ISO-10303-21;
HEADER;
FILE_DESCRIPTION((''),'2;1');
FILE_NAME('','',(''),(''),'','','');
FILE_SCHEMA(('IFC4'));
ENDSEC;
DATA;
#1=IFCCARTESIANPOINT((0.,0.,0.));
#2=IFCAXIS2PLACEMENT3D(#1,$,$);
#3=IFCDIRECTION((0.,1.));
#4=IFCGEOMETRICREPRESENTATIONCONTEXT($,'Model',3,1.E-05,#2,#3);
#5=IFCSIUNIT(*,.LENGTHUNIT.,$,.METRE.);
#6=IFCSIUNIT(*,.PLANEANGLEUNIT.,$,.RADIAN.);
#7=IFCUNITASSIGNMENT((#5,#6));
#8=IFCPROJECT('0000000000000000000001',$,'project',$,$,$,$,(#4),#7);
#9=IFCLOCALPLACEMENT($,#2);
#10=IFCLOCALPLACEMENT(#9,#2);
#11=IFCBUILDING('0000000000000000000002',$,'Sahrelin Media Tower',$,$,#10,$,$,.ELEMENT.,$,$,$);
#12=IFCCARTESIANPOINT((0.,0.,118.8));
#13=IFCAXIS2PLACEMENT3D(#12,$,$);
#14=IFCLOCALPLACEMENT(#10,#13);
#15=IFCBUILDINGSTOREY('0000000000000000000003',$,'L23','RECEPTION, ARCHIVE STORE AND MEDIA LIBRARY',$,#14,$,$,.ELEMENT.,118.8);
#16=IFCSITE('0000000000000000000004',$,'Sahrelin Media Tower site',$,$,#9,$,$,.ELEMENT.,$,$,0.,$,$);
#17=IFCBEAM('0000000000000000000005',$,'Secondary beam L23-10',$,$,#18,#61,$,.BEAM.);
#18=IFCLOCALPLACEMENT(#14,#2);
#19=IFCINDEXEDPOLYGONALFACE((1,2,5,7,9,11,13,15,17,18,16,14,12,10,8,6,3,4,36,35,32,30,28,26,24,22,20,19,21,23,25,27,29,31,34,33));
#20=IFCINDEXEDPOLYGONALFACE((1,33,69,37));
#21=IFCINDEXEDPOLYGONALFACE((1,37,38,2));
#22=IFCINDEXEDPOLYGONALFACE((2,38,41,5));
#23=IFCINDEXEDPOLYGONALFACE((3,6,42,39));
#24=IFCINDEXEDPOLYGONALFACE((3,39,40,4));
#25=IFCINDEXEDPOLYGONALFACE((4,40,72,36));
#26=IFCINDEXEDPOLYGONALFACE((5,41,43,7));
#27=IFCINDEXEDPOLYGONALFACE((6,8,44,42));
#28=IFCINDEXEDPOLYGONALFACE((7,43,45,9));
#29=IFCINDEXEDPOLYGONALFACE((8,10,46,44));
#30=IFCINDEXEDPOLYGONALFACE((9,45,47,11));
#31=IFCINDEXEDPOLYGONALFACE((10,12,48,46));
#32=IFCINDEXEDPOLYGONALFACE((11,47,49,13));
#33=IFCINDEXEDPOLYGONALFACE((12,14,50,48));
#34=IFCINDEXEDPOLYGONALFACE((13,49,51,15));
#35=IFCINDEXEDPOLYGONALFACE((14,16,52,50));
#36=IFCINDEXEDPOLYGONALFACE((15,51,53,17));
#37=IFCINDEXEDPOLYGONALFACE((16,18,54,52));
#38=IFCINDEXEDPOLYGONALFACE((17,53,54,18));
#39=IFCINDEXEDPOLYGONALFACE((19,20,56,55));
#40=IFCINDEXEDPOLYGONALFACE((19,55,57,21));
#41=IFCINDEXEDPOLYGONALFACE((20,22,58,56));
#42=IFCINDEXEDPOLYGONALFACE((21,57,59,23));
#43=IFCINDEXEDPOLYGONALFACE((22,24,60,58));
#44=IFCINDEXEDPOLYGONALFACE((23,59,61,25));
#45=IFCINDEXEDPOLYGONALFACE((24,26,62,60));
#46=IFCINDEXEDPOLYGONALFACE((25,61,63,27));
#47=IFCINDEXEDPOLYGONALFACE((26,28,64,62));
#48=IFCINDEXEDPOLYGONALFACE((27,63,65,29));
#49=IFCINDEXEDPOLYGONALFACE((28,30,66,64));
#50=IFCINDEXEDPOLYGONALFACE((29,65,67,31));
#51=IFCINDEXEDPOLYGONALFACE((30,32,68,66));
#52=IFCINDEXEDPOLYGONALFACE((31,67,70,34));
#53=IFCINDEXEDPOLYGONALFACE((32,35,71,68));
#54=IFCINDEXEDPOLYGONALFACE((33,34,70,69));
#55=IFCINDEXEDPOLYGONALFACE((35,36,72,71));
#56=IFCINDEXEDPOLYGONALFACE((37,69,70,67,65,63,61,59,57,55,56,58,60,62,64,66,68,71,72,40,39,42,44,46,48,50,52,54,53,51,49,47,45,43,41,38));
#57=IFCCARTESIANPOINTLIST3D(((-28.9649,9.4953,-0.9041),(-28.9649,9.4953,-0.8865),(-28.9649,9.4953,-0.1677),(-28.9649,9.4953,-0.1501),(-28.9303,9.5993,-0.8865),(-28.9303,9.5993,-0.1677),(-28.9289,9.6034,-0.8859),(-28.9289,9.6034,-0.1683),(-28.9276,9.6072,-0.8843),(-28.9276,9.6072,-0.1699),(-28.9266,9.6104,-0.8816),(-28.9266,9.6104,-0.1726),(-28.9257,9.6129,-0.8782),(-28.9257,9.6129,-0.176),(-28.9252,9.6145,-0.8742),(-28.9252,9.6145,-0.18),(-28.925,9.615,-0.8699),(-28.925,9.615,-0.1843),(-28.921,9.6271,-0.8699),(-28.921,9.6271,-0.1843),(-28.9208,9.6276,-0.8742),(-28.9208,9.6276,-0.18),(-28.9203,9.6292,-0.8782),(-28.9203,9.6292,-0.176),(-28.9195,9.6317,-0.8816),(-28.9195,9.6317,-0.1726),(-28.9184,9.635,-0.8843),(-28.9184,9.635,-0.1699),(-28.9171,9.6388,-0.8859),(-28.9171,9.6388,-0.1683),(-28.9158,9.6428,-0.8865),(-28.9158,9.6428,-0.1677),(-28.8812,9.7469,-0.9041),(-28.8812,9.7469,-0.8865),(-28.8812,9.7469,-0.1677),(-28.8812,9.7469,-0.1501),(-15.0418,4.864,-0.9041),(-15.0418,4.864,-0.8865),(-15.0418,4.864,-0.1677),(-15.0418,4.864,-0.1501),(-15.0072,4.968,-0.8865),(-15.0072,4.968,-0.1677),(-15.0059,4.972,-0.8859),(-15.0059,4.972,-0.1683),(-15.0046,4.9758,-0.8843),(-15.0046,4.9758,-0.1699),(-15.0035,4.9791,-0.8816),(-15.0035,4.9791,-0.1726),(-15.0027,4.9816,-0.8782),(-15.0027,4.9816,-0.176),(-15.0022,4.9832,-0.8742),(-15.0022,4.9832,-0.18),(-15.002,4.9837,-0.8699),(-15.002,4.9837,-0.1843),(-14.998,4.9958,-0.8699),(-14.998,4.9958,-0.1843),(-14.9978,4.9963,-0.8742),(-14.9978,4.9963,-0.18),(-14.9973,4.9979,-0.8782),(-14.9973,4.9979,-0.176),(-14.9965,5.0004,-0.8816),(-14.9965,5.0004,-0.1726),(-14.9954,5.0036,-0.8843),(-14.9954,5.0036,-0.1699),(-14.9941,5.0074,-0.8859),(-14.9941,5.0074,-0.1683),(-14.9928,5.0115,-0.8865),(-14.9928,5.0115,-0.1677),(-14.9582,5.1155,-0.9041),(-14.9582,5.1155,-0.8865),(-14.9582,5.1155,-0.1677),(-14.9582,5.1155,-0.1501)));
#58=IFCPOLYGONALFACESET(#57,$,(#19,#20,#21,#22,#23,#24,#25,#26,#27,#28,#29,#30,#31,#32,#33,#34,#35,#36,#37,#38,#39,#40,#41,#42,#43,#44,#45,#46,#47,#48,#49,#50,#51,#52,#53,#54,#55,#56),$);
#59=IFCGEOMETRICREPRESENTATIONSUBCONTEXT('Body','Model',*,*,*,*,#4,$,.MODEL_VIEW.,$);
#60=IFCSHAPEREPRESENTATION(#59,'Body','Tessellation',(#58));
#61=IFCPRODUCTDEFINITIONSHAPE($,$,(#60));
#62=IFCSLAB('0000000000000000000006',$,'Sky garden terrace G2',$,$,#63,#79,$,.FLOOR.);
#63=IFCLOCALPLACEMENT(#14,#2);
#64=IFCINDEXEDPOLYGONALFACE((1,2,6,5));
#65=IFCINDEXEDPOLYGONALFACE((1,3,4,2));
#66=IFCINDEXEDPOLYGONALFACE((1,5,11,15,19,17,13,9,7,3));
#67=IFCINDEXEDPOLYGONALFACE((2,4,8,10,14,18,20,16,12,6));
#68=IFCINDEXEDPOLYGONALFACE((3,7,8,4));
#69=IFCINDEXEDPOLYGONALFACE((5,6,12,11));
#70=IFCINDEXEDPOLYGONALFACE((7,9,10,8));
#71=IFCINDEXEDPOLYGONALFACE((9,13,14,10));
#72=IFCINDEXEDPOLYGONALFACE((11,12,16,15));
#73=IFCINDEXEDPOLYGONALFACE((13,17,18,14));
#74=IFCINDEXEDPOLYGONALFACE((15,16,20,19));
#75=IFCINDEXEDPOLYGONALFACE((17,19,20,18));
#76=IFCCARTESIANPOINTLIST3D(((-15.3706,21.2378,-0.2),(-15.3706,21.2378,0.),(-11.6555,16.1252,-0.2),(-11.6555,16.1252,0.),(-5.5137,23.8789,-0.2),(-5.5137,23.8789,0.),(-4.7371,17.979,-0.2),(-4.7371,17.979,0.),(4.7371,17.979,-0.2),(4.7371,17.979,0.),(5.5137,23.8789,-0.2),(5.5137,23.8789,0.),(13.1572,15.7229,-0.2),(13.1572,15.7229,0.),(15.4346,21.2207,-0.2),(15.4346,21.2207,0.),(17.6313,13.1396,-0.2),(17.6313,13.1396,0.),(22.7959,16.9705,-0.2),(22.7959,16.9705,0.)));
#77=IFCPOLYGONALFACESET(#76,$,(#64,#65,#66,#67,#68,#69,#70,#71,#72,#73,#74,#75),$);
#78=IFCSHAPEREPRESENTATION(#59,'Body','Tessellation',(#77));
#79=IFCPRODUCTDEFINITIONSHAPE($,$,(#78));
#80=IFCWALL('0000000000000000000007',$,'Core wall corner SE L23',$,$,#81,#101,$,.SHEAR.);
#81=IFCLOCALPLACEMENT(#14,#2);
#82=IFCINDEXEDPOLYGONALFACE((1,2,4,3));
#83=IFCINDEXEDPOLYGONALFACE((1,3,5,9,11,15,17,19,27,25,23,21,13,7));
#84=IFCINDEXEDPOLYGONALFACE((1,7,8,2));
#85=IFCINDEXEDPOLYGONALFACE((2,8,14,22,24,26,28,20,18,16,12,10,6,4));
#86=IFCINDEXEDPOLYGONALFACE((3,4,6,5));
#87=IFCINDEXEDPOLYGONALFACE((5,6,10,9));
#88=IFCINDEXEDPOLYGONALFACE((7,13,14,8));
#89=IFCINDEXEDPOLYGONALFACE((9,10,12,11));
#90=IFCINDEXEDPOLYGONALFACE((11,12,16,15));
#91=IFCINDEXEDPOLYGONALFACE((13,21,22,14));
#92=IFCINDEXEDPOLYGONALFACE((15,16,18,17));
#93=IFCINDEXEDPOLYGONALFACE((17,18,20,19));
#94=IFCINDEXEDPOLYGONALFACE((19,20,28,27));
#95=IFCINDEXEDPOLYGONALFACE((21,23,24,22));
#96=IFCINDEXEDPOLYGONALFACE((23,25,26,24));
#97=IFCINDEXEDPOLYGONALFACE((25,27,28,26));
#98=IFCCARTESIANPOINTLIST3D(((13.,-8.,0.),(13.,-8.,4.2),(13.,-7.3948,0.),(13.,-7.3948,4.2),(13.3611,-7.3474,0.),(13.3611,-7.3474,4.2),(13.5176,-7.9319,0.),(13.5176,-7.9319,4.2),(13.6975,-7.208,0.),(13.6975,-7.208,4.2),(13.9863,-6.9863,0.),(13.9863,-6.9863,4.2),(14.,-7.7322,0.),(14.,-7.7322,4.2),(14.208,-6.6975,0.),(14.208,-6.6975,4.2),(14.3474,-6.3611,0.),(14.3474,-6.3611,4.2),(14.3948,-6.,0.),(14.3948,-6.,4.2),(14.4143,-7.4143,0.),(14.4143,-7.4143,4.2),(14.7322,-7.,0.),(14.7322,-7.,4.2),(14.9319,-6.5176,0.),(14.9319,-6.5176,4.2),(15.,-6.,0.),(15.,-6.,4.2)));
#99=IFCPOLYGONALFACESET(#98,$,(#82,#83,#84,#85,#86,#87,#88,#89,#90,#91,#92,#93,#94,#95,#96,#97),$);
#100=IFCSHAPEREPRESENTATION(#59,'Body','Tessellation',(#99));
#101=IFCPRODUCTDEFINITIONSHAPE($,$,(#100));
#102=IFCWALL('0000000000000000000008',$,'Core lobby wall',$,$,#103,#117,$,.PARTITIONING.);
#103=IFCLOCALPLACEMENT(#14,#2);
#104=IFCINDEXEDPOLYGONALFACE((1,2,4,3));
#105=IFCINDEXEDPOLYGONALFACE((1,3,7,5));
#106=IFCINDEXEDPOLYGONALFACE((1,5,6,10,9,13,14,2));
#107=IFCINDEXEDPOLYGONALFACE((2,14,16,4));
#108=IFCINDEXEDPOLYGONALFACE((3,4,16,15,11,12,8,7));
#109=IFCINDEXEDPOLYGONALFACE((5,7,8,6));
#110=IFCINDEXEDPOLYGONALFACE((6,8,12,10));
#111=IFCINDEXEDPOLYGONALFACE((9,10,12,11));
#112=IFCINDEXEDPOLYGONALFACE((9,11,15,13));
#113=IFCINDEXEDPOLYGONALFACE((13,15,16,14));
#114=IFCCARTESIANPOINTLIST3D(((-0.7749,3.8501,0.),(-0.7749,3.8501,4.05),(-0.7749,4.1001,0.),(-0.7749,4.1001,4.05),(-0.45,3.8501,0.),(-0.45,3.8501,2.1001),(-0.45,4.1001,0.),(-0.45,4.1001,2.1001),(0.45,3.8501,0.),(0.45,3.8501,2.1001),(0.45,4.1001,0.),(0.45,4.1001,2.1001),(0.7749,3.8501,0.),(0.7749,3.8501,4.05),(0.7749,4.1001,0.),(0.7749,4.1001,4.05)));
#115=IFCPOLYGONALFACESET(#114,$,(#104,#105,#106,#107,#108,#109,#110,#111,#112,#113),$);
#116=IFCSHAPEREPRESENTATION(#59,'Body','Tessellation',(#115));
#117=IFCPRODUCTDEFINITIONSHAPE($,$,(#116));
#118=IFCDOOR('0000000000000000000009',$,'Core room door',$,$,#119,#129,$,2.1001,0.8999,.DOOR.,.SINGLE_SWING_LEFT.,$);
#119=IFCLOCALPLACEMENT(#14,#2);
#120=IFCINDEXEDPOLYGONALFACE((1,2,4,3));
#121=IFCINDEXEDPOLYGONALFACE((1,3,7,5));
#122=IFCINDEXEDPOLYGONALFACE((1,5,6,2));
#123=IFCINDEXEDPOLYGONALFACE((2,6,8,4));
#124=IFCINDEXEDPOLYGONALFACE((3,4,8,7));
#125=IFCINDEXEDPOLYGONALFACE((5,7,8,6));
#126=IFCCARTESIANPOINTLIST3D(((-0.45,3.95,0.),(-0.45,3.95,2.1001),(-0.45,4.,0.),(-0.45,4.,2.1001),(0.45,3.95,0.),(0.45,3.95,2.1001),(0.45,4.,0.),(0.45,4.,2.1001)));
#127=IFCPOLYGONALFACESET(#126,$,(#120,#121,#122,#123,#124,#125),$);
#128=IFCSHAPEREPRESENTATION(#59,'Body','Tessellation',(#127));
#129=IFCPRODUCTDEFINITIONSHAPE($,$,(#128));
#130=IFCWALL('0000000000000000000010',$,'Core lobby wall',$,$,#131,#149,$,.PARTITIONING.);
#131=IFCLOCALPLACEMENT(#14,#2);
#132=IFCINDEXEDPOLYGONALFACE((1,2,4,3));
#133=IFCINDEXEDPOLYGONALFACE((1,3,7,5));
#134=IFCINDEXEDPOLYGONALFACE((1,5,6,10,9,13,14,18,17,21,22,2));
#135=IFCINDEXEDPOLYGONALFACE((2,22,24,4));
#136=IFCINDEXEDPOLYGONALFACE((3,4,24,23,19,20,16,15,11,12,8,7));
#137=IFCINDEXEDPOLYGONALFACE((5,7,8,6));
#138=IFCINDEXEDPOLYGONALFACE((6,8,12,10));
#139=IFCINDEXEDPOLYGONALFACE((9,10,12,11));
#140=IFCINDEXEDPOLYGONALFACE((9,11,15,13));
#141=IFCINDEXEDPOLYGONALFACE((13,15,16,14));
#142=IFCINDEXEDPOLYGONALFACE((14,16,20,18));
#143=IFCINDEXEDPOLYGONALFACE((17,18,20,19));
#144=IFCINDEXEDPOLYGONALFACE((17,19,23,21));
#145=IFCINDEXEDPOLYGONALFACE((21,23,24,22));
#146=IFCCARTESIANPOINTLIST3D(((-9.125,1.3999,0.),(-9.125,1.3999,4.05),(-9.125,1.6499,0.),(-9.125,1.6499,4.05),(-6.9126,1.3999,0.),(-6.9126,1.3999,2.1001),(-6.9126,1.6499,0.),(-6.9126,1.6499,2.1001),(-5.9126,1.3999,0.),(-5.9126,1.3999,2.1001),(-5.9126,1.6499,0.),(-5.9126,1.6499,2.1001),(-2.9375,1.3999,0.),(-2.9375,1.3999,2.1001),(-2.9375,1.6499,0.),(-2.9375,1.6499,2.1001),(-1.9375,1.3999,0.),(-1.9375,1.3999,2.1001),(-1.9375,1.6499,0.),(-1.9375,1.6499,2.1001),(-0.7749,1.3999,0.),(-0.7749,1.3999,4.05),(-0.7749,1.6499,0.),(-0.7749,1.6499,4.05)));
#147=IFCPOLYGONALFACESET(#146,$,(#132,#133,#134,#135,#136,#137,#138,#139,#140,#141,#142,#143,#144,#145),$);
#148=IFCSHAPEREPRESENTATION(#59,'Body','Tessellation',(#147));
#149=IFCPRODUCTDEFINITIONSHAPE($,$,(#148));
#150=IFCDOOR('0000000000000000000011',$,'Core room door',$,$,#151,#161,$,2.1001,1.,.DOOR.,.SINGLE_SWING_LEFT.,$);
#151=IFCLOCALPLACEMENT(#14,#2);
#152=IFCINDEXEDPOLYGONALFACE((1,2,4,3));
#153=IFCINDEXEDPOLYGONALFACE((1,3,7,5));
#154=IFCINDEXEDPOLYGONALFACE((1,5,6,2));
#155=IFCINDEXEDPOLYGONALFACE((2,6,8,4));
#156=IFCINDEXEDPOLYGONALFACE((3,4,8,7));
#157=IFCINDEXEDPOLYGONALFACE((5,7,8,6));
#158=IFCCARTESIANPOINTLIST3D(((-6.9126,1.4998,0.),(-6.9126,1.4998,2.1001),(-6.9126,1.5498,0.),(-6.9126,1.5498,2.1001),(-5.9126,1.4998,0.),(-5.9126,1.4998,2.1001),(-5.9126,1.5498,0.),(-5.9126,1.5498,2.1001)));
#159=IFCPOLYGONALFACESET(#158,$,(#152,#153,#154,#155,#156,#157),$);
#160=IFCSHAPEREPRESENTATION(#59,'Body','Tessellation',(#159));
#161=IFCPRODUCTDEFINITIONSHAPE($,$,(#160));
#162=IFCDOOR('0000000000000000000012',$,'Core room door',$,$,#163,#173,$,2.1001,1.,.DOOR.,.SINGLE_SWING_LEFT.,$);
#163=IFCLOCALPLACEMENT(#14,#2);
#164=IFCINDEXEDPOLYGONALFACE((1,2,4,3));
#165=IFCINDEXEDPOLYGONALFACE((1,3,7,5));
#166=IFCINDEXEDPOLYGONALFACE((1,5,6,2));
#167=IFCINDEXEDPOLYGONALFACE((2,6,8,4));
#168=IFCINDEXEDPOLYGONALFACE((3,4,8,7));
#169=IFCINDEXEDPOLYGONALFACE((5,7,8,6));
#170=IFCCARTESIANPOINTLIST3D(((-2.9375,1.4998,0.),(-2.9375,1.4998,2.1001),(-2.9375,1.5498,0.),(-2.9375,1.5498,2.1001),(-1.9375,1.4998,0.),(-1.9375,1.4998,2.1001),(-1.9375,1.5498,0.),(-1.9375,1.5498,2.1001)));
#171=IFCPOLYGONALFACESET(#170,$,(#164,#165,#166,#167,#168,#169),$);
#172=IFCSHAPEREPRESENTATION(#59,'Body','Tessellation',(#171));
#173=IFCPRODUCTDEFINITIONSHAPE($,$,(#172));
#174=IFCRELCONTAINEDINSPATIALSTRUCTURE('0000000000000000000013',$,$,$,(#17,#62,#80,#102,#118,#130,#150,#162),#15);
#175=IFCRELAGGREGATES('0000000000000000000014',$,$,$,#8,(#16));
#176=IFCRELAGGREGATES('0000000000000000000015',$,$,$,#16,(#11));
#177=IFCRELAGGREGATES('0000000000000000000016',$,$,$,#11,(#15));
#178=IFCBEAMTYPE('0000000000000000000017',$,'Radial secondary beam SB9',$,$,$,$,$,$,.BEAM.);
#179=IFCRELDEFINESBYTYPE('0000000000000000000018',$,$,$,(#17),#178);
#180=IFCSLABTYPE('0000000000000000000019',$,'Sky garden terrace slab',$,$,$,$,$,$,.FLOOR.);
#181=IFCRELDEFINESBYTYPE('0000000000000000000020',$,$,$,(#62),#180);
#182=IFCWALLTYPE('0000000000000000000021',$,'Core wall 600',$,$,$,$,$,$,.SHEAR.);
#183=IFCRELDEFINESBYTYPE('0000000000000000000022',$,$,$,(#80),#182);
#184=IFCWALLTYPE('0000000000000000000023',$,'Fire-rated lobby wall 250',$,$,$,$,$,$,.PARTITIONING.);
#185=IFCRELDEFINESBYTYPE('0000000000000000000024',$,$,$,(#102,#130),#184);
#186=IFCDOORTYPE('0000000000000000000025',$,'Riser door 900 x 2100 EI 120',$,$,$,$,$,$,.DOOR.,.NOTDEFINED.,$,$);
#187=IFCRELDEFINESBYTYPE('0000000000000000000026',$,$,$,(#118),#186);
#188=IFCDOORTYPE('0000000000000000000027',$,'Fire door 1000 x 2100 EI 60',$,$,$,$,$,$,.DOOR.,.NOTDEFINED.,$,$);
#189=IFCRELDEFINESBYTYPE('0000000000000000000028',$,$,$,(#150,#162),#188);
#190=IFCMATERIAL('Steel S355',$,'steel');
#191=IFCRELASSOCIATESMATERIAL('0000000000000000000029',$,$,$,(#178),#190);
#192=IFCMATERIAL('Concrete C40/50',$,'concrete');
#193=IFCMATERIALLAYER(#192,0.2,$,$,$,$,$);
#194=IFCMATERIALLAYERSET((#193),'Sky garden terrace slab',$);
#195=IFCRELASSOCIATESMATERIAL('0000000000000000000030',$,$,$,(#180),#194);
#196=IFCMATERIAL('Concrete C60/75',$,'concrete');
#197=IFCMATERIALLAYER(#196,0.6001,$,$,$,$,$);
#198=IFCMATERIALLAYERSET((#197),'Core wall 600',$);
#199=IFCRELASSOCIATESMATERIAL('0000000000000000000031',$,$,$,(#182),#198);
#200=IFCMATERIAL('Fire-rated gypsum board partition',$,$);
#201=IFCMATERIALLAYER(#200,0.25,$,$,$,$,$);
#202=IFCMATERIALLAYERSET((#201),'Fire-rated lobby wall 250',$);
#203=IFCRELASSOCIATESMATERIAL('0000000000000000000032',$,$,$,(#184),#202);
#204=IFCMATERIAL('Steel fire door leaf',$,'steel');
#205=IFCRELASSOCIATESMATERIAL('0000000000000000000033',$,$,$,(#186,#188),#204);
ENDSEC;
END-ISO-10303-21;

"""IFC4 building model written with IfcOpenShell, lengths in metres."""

from ifc_helpers import new_model, si_unit, direction, frame, frame_2d, origin, origin_2d, place, context, subcontext, project, spatial, polyline, rectangle, i_section, outline, extrude, material, layer, layer_set, material_profile, profile_set, type_object, element, fill, save


model = new_model("IFC4")

# Units and contexts
model_context = context("Model", 3, precision=1e-05, world=origin(), true_north=direction((0.0, 1.0)))
body_context = subcontext(model_context, "Body", "Model", "MODEL_VIEW")
ifc_project = project(units=[si_unit("LENGTHUNIT", "METRE"), si_unit("PLANEANGLEUNIT", "RADIAN")], contexts=[model_context])

# Site, building, storey
site_placement = place(None, origin())
site = spatial("IfcSite", under=ifc_project, at=site_placement, Name="Sahrelin Media Tower site", CompositionType="ELEMENT", RefElevation=0.0)
building_placement = place(site_placement, origin())
building = spatial("IfcBuilding", under=site, at=building_placement, Name="Sahrelin Media Tower", CompositionType="ELEMENT")
storey_placement = place(building_placement, frame((0.0, 0.0, 118.8)))
storey = spatial("IfcBuildingStorey", under=building, at=storey_placement, Name="L23", Description="RECEPTION, ARCHIVE STORE AND MEDIA LIBRARY", CompositionType="ELEMENT", Elevation=118.8)

# Beam
ifc_material_1 = material(Name="Steel S355", Category="steel")
ifc_material_profile_1 = material_profile(ifc_material_1, i_section(OverallWidth=0.2651, OverallDepth=0.7539, WebThickness=0.0127, FlangeThickness=0.0176, FilletRadius=0.0166, at=origin_2d()), Name="UB 762x267x147")
ifc_profile_set_1 = profile_set([ifc_material_profile_1], Name="Steel S355")
beam_type_1 = type_object("IfcBeamType", Name="Radial secondary beam SB9", PredefinedType="BEAM", material=ifc_profile_set_1)
beam_1_placement = place(storey_placement, frame((-15.0, 4.9897, -0.5271), z_axis=(-0.948881, 0.315634, 0.0), x_axis=(-0.315634, -0.948881, 0.0)))
element("IfcBeam", 1, at=beam_1_placement, inside=storey, type_object=beam_type_1, Name="Secondary beam L23-10", PredefinedType="BEAM", context=body_context, shape_type="SweptSolid", body=[
    extrude(i_section(OverallWidth=0.2651, OverallDepth=0.7539, WebThickness=0.0127, FlangeThickness=0.0176, FilletRadius=0.0166, at=origin_2d()), origin(), (0.0, 0.0, 1.0), 14.6731),
])

# Slab
ifc_material_2 = material(Name="Concrete C40/50", Category="concrete")
ifc_layer_1 = layer(ifc_material_2, 0.2)
ifc_layer_set_1 = layer_set([ifc_layer_1], Name="Sky garden terrace slab")
slab_type = type_object("IfcSlabType", Name="Sky garden terrace slab", PredefinedType="FLOOR", material=ifc_layer_set_1)
slab_placement = place(storey_placement, frame((0.0, 0.0, -0.2)))
element("IfcSlab", 2, at=slab_placement, inside=storey, type_object=slab_type, Name="Sky garden terrace G2", PredefinedType="FLOOR", context=body_context, shape_type="SweptSolid", body=[
    extrude(outline(polyline([(5.5137, 23.8789), (15.4346, 21.2207), (22.7959, 16.9705), (17.6313, 13.1396), (13.1572, 15.7229), (4.7371, 17.979), (-4.7371, 17.979), (-11.6555, 16.1252), (-15.3706, 21.2378), (-5.5137, 23.8789), (5.5137, 23.8789)])), origin(), (0.0, 0.0, 1.0), 0.2),
])

# Wall
ifc_material_3 = material(Name="Concrete C60/75", Category="concrete")
ifc_layer_2 = layer(ifc_material_3, 0.6001)
ifc_layer_set_2 = layer_set([ifc_layer_2], Name="Core wall 600")
wall_type_1 = type_object("IfcWallType", Name="Core wall 600", PredefinedType="SHEAR", material=ifc_layer_set_2)
placement = place(storey_placement, origin())
element("IfcWall", 3, at=placement, inside=storey, type_object=wall_type_1, Name="Core wall corner SE L23", PredefinedType="SHEAR", context=body_context, shape_type="SweptSolid", body=[
    extrude(outline(polyline([(15.0, -6.0), (14.3948, -6.0), (14.3474, -6.3611), (14.208, -6.6975), (13.9863, -6.9863), (13.6975, -7.208), (13.3611, -7.3474), (13.0, -7.3948), (13.0, -8.0), (13.5176, -7.9319), (14.0, -7.7322), (14.4143, -7.4143), (14.7322, -7.0), (14.9319, -6.5176), (15.0, -6.0)])), origin(), (0.0, 0.0, 1.0), 4.2),
])

# Wall, opening, door
ifc_material_4 = material(Name="Fire-rated gypsum board partition")
ifc_layer_3 = layer(ifc_material_4, 0.25)
ifc_layer_set_3 = layer_set([ifc_layer_3], Name="Fire-rated lobby wall 250")
wall_type_2 = type_object("IfcWallType", Name="Fire-rated lobby wall 250", PredefinedType="PARTITIONING", material=ifc_layer_set_3)
wall_1_placement = place(storey_placement, frame((-0.7749, 3.9751, 0.0), z_axis=(0.0, 0.0, 1.0), x_axis=(1.0, 0.0, 0.0)))
wall_1 = element("IfcWall", 4, at=wall_1_placement, inside=storey, type_object=wall_type_2, Name="Core lobby wall", PredefinedType="PARTITIONING", context=body_context, shape_type="SweptSolid", body=[
    extrude(rectangle(XDim=1.5498, YDim=0.25, at=frame_2d((0.7749, 0.0))), origin(), (0.0, 0.0, 1.0), 4.05),
])
opening_1_placement = place(wall_1_placement, frame((0.325, 0.0, 0.0)))
opening_1 = element("IfcOpeningElement", 5, at=opening_1_placement, cuts=wall_1, PredefinedType="OPENING", context=body_context, shape_type="SweptSolid", body=[
    extrude(rectangle(XDim=0.8999, YDim=2.1001, at=frame_2d((0.45, 1.05))), frame((0.0, 0.125, 0.0), z_axis=(0.0, -1.0, 0.0), x_axis=(1.0, 0.0, 0.0)), (0.0, 0.0, 1.0), 0.25),
])
ifc_material_5 = material(Name="Steel fire door leaf", Category="steel")
door_type_1 = type_object("IfcDoorType", Name="Riser door 900 x 2100 EI 120", OperationType="NOTDEFINED", PredefinedType="DOOR", material=ifc_material_5)
door_1_placement = place(opening_1_placement, origin())
door_1 = element("IfcDoor", 6, at=door_1_placement, inside=storey, type_object=door_type_1, Name="Core room door", OperationType="SINGLE_SWING_LEFT", OverallHeight=2.1001, OverallWidth=0.8999, PredefinedType="DOOR", context=body_context, shape_type="SweptSolid", body=[
    extrude(rectangle(XDim=0.8999, YDim=2.1001, at=frame_2d((0.45, 1.05))), frame((0.0, 0.0249, 0.0), z_axis=(0.0, -1.0, 0.0), x_axis=(1.0, 0.0, 0.0)), (0.0, 0.0, 1.0), 0.05),
])
fill(opening_1, door_1)

# Wall, openings, doors
wall_2_placement = place(storey_placement, frame((-9.125, 1.5249, 0.0), z_axis=(0.0, 0.0, 1.0), x_axis=(1.0, 0.0, 0.0)))
wall_2 = element("IfcWall", 7, at=wall_2_placement, inside=storey, type_object=wall_type_2, Name="Core lobby wall", PredefinedType="PARTITIONING", context=body_context, shape_type="SweptSolid", body=[
    extrude(rectangle(XDim=8.3501, YDim=0.25, at=frame_2d((4.175, 0.0))), origin(), (0.0, 0.0, 1.0), 4.05),
])
opening_2_placement = place(wall_2_placement, frame((2.2124, 0.0, 0.0)))
opening_2 = element("IfcOpeningElement", 8, at=opening_2_placement, cuts=wall_2, PredefinedType="OPENING", context=body_context, shape_type="SweptSolid", body=[
    extrude(rectangle(XDim=1.0, YDim=2.1001, at=frame_2d((0.5, 1.05))), frame((0.0, 0.125, 0.0), z_axis=(0.0, -1.0, 0.0), x_axis=(1.0, 0.0, 0.0)), (0.0, 0.0, 1.0), 0.25),
])
opening_3_placement = place(wall_2_placement, frame((6.1875, 0.0, 0.0)))
opening_3 = element("IfcOpeningElement", 9, at=opening_3_placement, cuts=wall_2, PredefinedType="OPENING", context=body_context, shape_type="SweptSolid", body=[
    extrude(rectangle(XDim=1.0, YDim=2.1001, at=frame_2d((0.5, 1.05))), frame((0.0, 0.125, 0.0), z_axis=(0.0, -1.0, 0.0), x_axis=(1.0, 0.0, 0.0)), (0.0, 0.0, 1.0), 0.25),
])
door_type_2 = type_object("IfcDoorType", Name="Fire door 1000 x 2100 EI 60", OperationType="NOTDEFINED", PredefinedType="DOOR", material=ifc_material_5)
door_2_placement = place(opening_2_placement, origin())
door_2 = element("IfcDoor", 10, at=door_2_placement, inside=storey, type_object=door_type_2, Name="Core room door", OperationType="SINGLE_SWING_LEFT", OverallHeight=2.1001, OverallWidth=1.0, PredefinedType="DOOR", context=body_context, shape_type="SweptSolid", body=[
    extrude(rectangle(XDim=1.0, YDim=2.1001, at=frame_2d((0.5, 1.05))), frame((0.0, 0.0249, 0.0), z_axis=(0.0, -1.0, 0.0), x_axis=(1.0, 0.0, 0.0)), (0.0, 0.0, 1.0), 0.05),
])
fill(opening_2, door_2)
door_3_placement = place(opening_3_placement, origin())
door_3 = element("IfcDoor", 11, at=door_3_placement, inside=storey, type_object=door_type_2, Name="Core room door", OperationType="SINGLE_SWING_LEFT", OverallHeight=2.1001, OverallWidth=1.0, PredefinedType="DOOR", context=body_context, shape_type="SweptSolid", body=[
    extrude(rectangle(XDim=1.0, YDim=2.1001, at=frame_2d((0.5, 1.05))), frame((0.0, 0.0249, 0.0), z_axis=(0.0, -1.0, 0.0), x_axis=(1.0, 0.0, 0.0)), (0.0, 0.0, 1.0), 0.05),
])
fill(opening_3, door_3)

save(model, "model.ifc")
